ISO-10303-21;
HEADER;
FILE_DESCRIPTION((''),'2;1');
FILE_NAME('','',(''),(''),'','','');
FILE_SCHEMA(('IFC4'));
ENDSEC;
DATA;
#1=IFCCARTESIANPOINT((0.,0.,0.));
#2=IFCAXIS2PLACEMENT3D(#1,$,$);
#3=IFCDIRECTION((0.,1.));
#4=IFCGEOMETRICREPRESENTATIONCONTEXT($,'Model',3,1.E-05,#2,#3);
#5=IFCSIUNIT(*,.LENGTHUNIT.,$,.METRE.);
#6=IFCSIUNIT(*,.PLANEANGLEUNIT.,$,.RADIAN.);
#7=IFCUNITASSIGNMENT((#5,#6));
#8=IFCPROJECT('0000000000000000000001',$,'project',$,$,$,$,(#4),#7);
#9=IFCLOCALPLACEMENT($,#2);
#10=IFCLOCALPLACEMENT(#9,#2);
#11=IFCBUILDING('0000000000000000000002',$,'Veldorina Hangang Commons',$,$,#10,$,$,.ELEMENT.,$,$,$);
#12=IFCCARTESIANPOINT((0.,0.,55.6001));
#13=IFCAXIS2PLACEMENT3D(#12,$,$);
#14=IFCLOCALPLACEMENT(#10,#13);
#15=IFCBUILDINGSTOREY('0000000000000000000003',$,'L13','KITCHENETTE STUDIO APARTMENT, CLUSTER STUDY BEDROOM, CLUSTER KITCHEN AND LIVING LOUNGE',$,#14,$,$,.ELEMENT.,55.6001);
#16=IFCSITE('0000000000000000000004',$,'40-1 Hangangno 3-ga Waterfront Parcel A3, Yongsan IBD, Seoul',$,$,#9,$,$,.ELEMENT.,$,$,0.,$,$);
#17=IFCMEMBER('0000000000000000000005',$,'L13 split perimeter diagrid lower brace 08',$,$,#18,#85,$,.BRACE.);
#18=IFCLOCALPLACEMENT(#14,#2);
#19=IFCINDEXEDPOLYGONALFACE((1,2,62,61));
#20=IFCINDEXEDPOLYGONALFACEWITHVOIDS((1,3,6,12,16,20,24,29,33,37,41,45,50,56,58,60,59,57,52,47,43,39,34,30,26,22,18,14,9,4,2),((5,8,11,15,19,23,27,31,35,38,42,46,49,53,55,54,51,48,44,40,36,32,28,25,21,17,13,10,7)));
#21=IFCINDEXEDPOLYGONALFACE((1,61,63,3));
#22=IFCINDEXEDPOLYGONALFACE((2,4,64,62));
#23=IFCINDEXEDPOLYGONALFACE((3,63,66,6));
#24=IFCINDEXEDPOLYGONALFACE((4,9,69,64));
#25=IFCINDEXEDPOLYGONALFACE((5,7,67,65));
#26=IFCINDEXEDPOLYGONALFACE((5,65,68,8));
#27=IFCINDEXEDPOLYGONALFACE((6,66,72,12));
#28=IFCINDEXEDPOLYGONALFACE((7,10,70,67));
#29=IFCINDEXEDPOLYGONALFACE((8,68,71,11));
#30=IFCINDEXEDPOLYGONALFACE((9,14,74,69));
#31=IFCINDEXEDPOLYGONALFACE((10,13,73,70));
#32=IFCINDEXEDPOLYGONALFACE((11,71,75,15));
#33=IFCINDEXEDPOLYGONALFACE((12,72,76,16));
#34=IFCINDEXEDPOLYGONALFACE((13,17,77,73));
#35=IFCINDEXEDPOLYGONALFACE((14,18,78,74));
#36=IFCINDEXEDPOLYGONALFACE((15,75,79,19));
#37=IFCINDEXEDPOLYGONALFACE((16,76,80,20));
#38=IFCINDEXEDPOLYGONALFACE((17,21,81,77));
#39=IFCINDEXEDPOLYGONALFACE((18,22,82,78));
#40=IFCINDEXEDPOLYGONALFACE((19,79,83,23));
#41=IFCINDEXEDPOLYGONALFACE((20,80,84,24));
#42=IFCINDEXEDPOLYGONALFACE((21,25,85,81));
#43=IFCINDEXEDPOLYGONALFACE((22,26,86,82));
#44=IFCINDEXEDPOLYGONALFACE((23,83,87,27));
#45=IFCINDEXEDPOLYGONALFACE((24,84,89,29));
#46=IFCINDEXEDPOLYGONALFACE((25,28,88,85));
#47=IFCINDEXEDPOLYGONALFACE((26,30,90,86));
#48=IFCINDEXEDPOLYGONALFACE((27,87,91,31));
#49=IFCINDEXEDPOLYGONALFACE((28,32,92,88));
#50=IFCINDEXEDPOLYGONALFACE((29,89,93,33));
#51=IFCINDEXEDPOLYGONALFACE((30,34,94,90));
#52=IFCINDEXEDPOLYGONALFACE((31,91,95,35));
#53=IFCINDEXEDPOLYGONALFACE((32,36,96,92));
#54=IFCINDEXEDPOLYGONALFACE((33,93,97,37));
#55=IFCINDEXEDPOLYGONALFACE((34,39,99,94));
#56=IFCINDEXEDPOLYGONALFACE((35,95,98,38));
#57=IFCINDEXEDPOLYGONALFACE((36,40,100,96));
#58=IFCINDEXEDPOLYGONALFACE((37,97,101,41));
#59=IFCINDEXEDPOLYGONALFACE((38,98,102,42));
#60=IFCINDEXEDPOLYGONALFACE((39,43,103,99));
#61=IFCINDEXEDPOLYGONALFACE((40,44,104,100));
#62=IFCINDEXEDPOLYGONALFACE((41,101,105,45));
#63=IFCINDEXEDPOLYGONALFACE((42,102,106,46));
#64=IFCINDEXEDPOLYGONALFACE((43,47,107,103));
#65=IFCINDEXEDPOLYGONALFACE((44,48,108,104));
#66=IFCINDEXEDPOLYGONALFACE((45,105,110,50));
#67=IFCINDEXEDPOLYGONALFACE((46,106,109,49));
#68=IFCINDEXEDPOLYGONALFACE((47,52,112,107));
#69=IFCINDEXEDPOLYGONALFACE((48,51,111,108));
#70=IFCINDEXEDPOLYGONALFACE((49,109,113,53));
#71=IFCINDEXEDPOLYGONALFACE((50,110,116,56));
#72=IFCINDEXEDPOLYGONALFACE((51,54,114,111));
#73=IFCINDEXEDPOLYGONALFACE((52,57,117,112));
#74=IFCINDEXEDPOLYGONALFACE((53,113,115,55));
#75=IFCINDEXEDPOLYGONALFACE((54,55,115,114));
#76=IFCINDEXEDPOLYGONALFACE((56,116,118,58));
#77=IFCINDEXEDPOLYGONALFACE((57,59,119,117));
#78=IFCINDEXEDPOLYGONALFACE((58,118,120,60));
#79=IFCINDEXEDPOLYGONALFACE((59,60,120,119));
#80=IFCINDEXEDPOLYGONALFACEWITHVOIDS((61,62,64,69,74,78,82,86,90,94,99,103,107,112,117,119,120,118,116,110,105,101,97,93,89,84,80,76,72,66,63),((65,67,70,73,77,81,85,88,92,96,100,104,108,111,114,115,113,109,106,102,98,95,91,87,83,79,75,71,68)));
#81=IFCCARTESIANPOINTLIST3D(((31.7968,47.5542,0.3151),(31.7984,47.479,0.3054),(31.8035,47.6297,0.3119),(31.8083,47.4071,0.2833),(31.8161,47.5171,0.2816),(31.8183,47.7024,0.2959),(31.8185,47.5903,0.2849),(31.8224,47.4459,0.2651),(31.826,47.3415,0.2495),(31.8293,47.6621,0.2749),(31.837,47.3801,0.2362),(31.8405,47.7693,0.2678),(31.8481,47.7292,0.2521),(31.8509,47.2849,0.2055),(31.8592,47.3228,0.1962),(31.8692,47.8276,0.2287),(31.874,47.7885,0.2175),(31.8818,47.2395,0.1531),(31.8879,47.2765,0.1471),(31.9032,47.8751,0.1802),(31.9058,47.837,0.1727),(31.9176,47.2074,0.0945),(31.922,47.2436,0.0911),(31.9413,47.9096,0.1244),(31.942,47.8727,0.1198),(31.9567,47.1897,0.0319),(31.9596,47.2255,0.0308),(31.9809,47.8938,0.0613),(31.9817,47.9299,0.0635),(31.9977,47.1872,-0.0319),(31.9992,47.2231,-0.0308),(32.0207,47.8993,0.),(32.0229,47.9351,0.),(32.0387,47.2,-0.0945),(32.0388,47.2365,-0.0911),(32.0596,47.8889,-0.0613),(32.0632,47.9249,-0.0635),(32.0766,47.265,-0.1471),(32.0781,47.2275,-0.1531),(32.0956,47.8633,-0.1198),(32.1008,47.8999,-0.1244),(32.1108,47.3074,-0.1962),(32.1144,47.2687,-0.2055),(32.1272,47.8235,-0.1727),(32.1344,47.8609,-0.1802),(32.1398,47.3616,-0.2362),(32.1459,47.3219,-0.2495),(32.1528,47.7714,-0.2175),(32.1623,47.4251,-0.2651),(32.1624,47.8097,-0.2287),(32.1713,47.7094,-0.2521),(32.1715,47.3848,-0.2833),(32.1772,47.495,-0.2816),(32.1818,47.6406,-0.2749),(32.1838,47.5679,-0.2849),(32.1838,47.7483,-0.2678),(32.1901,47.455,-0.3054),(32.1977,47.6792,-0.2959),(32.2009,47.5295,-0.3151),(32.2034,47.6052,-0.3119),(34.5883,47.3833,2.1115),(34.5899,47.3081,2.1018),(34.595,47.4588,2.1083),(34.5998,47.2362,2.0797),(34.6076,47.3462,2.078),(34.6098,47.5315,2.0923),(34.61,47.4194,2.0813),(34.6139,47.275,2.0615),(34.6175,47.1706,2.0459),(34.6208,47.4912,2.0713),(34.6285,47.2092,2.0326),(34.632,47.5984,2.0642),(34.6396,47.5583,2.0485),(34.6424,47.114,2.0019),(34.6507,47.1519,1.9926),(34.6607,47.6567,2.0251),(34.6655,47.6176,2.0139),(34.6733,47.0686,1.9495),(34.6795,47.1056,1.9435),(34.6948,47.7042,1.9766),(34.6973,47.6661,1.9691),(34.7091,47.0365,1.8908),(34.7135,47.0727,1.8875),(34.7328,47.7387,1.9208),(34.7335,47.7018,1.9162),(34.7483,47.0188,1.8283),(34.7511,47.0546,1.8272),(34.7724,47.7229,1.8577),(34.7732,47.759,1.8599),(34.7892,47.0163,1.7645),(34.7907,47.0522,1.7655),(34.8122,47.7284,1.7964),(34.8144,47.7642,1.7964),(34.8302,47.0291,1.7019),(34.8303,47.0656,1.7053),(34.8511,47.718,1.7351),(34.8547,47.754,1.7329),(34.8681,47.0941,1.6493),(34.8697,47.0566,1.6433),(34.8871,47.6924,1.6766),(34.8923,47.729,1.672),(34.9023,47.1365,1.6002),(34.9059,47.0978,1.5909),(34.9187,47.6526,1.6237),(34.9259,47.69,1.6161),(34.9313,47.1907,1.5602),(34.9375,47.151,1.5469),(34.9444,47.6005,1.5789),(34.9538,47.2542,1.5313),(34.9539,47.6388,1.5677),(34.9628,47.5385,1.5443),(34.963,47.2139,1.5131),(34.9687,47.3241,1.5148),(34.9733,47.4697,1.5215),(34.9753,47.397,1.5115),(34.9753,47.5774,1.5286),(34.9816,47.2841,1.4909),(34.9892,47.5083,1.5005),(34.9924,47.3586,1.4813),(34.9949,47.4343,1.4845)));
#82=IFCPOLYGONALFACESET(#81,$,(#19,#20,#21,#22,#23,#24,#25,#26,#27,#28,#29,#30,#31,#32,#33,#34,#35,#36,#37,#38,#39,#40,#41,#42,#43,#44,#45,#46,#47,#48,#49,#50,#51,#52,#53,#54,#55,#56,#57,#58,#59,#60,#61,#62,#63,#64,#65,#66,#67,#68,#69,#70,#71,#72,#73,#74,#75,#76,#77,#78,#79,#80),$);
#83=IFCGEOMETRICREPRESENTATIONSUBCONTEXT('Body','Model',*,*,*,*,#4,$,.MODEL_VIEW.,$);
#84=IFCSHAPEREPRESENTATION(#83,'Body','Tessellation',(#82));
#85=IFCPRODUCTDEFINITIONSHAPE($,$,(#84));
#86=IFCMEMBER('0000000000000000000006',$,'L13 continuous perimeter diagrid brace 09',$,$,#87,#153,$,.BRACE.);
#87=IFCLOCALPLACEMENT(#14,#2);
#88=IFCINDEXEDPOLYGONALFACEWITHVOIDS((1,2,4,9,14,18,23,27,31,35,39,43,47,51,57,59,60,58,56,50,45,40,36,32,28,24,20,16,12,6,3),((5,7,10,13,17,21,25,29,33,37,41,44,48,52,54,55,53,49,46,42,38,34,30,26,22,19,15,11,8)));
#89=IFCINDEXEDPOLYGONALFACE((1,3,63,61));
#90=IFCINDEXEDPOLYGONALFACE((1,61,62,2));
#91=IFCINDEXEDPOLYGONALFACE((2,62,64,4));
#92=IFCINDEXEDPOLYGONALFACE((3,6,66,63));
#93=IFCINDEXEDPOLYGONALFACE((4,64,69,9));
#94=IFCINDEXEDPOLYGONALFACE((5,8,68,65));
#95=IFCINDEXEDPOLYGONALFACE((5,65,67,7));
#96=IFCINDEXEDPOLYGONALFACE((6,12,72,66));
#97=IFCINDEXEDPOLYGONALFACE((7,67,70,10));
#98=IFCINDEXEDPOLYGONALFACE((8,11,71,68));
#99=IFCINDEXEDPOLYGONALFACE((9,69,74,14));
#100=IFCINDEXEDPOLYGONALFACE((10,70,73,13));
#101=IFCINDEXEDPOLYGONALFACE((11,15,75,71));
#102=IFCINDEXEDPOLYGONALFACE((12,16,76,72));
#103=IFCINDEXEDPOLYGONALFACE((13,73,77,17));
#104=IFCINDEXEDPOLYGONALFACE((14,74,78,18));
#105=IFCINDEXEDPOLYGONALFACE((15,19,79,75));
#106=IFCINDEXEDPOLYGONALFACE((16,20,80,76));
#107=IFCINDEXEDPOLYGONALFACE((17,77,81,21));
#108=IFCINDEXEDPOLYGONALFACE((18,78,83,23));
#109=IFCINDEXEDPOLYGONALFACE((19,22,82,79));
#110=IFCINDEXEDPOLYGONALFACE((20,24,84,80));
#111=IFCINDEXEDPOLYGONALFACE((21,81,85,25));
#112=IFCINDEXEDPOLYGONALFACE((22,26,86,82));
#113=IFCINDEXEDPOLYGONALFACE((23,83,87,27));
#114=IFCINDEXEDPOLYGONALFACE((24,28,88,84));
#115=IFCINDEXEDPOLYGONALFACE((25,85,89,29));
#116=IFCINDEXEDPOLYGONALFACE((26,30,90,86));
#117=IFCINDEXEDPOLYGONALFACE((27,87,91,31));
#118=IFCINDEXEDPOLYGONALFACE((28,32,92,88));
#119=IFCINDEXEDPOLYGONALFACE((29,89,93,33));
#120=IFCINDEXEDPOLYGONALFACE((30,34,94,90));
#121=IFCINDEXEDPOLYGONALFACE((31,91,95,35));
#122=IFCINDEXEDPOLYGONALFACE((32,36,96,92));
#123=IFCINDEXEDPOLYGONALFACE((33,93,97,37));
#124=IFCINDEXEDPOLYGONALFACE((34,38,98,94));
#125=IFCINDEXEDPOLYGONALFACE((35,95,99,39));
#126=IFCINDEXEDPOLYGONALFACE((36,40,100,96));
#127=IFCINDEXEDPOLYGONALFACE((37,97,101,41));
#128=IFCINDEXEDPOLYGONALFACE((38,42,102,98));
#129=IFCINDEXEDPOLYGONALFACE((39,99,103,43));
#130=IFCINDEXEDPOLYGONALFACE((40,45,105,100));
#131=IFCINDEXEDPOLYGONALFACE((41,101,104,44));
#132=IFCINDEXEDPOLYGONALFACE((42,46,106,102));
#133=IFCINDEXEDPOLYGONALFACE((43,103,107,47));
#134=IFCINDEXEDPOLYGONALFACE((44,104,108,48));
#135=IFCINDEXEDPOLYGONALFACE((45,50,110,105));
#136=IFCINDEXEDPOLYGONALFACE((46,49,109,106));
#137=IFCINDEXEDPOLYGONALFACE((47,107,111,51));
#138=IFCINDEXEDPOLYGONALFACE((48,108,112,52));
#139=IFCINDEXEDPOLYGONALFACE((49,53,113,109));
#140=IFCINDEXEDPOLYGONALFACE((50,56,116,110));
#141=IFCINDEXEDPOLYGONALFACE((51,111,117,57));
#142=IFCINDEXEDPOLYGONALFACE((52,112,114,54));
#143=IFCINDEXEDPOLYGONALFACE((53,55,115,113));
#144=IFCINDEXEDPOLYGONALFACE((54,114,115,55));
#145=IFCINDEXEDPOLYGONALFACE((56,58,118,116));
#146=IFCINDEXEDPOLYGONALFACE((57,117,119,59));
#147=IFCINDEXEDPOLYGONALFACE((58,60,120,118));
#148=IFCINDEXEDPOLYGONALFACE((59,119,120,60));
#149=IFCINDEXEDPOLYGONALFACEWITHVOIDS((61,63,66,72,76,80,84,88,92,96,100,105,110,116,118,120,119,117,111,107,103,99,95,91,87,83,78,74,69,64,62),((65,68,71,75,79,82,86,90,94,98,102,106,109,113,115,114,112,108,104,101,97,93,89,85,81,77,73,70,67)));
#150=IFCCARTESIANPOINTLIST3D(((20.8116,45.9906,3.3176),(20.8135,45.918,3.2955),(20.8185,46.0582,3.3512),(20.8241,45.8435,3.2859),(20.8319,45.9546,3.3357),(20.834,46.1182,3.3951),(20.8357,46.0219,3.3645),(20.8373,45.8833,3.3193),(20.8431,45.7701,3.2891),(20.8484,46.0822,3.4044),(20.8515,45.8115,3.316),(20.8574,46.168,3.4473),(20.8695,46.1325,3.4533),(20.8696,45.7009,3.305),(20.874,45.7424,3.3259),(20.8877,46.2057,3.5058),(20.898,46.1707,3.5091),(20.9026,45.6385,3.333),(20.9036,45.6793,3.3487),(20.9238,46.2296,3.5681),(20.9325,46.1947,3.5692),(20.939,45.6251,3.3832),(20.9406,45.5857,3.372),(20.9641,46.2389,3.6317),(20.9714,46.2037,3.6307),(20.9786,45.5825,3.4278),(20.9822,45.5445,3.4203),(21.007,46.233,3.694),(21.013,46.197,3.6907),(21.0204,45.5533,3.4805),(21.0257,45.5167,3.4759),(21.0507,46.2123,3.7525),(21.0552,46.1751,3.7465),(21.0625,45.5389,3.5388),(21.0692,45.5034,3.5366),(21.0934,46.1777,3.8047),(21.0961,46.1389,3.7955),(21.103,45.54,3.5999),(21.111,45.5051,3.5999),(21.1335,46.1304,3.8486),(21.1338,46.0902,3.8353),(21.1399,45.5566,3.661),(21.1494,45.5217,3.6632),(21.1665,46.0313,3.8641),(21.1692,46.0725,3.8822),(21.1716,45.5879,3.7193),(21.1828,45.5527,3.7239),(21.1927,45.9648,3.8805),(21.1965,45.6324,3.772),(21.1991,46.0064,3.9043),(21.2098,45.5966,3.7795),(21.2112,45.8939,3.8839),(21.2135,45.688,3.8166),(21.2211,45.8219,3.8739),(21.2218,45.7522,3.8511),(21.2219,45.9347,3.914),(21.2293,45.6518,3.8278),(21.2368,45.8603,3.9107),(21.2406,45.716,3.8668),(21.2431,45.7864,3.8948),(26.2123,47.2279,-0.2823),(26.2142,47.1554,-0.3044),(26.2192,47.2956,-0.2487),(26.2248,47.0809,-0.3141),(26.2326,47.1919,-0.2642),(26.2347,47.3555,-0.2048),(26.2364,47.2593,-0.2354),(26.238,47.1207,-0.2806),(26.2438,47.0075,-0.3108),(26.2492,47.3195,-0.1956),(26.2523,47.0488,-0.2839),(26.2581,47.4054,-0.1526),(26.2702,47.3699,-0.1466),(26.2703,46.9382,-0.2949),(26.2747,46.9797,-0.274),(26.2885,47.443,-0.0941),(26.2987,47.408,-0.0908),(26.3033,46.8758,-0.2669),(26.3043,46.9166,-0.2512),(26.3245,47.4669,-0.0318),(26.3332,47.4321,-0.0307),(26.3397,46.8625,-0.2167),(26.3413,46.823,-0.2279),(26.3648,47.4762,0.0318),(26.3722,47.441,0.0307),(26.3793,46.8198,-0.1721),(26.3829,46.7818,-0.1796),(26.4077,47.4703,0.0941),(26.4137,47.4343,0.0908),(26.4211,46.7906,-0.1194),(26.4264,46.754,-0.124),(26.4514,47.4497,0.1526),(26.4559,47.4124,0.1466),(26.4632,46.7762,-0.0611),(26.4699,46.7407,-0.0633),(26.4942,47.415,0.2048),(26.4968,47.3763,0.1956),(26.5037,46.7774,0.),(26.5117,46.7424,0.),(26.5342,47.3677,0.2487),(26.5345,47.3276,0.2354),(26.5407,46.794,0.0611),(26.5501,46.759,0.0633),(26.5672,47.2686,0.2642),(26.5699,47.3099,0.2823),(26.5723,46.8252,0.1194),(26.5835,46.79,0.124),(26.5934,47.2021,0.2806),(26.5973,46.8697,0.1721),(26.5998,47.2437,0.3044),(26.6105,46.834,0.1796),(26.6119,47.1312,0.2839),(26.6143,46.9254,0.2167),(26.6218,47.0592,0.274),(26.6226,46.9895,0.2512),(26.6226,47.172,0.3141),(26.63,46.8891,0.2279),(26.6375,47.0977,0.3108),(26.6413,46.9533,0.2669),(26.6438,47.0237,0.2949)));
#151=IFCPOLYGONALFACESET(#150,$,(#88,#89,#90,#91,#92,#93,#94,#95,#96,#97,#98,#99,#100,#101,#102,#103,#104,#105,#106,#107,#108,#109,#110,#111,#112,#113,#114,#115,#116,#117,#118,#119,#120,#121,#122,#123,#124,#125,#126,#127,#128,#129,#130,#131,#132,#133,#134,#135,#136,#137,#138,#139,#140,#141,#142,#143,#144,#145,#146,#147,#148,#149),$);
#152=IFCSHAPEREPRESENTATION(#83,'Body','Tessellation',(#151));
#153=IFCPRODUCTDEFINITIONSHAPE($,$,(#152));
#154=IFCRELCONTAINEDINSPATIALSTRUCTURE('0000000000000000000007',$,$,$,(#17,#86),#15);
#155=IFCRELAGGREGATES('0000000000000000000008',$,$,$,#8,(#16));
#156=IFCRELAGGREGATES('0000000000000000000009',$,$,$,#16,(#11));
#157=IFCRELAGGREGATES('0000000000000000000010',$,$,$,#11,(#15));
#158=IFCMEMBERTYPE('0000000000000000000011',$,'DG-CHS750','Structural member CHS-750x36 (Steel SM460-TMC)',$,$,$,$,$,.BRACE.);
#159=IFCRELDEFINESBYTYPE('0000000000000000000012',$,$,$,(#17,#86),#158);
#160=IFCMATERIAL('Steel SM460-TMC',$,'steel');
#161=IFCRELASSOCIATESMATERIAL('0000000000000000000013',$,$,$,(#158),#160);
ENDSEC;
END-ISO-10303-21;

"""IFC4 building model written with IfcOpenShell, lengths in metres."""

from ifc_helpers import new_model, si_unit, direction, frame, origin, origin_2d, place, context, subcontext, project, spatial, hollow_circle, extrude, material, material_profile, profile_set, type_object, element, save


model = new_model("IFC4")

# Units and contexts
model_context = context("Model", 3, precision=1e-05, world=origin(), true_north=direction((0.0, 1.0)))
body_context = subcontext(model_context, "Body", "Model", "MODEL_VIEW")
ifc_project = project(units=[si_unit("LENGTHUNIT", "METRE"), si_unit("PLANEANGLEUNIT", "RADIAN")], contexts=[model_context])

# Site, building, storey
site_placement = place(None, origin())
site = spatial("IfcSite", under=ifc_project, at=site_placement, Name="40-1 Hangangno 3-ga Waterfront Parcel A3, Yongsan IBD, Seoul", CompositionType="ELEMENT", RefElevation=0.0)
building_placement = place(site_placement, origin())
building = spatial("IfcBuilding", under=site, at=building_placement, Name="Veldorina Hangang Commons", CompositionType="ELEMENT")
storey_placement = place(building_placement, frame((0.0, 0.0, 55.6001)))
storey = spatial("IfcBuildingStorey", under=building, at=storey_placement, Name="L13", Description="KITCHENETTE STUDIO APARTMENT, CLUSTER STUDY BEDROOM, CLUSTER KITCHEN AND LIVING LOUNGE", CompositionType="ELEMENT", Elevation=55.6001)

# Shared definitions
ifc_material_1 = material(Name="Steel SM460-TMC", Category="steel")

# Members
ifc_material_profile_1 = material_profile(ifc_material_1, hollow_circle(Radius=0.375, WallThickness=0.0359, at=origin_2d()), Name="CHS-750x36")
ifc_profile_set_1 = profile_set([ifc_material_profile_1], Name="Steel SM460-TMC")
member_type = type_object("IfcMemberType", Name="DG-CHS750", Description="Structural member CHS-750x36 (Steel SM460-TMC)", PredefinedType="BRACE", material=ifc_profile_set_1)
member_1_placement = place(storey_placement, frame((32.0, 47.5608, 0.0), z_axis=(0.839813, -0.051414, 0.540436), x_axis=(0.061107, 0.998131, 0.0)))
element("IfcMember", 1, at=member_1_placement, inside=storey, type_object=member_type, Name="L13 split perimeter diagrid lower brace 08", PredefinedType="BRACE", context=body_context, shape_type="SweptSolid", body=[
    extrude(hollow_circle(Radius=0.375, WallThickness=0.0359, at=origin_2d()), origin(), (0.0, 0.0, 1.0), 3.324),
])
member_2_placement = place(storey_placement, frame((26.428, 47.1079, 0.0), z_axis=(-0.817371, -0.187263, 0.544828), x_axis=(0.223318, -0.974746, 0.0)))
element("IfcMember", 2, at=member_2_placement, inside=storey, type_object=member_type, Name="L13 continuous perimeter diagrid brace 09", PredefinedType="BRACE", context=body_context, shape_type="SweptSolid", body=[
    extrude(hollow_circle(Radius=0.375, WallThickness=0.0359, at=origin_2d()), origin(), (0.0, 0.0, 1.0), 6.6074),
])

save(model, "model.ifc")
